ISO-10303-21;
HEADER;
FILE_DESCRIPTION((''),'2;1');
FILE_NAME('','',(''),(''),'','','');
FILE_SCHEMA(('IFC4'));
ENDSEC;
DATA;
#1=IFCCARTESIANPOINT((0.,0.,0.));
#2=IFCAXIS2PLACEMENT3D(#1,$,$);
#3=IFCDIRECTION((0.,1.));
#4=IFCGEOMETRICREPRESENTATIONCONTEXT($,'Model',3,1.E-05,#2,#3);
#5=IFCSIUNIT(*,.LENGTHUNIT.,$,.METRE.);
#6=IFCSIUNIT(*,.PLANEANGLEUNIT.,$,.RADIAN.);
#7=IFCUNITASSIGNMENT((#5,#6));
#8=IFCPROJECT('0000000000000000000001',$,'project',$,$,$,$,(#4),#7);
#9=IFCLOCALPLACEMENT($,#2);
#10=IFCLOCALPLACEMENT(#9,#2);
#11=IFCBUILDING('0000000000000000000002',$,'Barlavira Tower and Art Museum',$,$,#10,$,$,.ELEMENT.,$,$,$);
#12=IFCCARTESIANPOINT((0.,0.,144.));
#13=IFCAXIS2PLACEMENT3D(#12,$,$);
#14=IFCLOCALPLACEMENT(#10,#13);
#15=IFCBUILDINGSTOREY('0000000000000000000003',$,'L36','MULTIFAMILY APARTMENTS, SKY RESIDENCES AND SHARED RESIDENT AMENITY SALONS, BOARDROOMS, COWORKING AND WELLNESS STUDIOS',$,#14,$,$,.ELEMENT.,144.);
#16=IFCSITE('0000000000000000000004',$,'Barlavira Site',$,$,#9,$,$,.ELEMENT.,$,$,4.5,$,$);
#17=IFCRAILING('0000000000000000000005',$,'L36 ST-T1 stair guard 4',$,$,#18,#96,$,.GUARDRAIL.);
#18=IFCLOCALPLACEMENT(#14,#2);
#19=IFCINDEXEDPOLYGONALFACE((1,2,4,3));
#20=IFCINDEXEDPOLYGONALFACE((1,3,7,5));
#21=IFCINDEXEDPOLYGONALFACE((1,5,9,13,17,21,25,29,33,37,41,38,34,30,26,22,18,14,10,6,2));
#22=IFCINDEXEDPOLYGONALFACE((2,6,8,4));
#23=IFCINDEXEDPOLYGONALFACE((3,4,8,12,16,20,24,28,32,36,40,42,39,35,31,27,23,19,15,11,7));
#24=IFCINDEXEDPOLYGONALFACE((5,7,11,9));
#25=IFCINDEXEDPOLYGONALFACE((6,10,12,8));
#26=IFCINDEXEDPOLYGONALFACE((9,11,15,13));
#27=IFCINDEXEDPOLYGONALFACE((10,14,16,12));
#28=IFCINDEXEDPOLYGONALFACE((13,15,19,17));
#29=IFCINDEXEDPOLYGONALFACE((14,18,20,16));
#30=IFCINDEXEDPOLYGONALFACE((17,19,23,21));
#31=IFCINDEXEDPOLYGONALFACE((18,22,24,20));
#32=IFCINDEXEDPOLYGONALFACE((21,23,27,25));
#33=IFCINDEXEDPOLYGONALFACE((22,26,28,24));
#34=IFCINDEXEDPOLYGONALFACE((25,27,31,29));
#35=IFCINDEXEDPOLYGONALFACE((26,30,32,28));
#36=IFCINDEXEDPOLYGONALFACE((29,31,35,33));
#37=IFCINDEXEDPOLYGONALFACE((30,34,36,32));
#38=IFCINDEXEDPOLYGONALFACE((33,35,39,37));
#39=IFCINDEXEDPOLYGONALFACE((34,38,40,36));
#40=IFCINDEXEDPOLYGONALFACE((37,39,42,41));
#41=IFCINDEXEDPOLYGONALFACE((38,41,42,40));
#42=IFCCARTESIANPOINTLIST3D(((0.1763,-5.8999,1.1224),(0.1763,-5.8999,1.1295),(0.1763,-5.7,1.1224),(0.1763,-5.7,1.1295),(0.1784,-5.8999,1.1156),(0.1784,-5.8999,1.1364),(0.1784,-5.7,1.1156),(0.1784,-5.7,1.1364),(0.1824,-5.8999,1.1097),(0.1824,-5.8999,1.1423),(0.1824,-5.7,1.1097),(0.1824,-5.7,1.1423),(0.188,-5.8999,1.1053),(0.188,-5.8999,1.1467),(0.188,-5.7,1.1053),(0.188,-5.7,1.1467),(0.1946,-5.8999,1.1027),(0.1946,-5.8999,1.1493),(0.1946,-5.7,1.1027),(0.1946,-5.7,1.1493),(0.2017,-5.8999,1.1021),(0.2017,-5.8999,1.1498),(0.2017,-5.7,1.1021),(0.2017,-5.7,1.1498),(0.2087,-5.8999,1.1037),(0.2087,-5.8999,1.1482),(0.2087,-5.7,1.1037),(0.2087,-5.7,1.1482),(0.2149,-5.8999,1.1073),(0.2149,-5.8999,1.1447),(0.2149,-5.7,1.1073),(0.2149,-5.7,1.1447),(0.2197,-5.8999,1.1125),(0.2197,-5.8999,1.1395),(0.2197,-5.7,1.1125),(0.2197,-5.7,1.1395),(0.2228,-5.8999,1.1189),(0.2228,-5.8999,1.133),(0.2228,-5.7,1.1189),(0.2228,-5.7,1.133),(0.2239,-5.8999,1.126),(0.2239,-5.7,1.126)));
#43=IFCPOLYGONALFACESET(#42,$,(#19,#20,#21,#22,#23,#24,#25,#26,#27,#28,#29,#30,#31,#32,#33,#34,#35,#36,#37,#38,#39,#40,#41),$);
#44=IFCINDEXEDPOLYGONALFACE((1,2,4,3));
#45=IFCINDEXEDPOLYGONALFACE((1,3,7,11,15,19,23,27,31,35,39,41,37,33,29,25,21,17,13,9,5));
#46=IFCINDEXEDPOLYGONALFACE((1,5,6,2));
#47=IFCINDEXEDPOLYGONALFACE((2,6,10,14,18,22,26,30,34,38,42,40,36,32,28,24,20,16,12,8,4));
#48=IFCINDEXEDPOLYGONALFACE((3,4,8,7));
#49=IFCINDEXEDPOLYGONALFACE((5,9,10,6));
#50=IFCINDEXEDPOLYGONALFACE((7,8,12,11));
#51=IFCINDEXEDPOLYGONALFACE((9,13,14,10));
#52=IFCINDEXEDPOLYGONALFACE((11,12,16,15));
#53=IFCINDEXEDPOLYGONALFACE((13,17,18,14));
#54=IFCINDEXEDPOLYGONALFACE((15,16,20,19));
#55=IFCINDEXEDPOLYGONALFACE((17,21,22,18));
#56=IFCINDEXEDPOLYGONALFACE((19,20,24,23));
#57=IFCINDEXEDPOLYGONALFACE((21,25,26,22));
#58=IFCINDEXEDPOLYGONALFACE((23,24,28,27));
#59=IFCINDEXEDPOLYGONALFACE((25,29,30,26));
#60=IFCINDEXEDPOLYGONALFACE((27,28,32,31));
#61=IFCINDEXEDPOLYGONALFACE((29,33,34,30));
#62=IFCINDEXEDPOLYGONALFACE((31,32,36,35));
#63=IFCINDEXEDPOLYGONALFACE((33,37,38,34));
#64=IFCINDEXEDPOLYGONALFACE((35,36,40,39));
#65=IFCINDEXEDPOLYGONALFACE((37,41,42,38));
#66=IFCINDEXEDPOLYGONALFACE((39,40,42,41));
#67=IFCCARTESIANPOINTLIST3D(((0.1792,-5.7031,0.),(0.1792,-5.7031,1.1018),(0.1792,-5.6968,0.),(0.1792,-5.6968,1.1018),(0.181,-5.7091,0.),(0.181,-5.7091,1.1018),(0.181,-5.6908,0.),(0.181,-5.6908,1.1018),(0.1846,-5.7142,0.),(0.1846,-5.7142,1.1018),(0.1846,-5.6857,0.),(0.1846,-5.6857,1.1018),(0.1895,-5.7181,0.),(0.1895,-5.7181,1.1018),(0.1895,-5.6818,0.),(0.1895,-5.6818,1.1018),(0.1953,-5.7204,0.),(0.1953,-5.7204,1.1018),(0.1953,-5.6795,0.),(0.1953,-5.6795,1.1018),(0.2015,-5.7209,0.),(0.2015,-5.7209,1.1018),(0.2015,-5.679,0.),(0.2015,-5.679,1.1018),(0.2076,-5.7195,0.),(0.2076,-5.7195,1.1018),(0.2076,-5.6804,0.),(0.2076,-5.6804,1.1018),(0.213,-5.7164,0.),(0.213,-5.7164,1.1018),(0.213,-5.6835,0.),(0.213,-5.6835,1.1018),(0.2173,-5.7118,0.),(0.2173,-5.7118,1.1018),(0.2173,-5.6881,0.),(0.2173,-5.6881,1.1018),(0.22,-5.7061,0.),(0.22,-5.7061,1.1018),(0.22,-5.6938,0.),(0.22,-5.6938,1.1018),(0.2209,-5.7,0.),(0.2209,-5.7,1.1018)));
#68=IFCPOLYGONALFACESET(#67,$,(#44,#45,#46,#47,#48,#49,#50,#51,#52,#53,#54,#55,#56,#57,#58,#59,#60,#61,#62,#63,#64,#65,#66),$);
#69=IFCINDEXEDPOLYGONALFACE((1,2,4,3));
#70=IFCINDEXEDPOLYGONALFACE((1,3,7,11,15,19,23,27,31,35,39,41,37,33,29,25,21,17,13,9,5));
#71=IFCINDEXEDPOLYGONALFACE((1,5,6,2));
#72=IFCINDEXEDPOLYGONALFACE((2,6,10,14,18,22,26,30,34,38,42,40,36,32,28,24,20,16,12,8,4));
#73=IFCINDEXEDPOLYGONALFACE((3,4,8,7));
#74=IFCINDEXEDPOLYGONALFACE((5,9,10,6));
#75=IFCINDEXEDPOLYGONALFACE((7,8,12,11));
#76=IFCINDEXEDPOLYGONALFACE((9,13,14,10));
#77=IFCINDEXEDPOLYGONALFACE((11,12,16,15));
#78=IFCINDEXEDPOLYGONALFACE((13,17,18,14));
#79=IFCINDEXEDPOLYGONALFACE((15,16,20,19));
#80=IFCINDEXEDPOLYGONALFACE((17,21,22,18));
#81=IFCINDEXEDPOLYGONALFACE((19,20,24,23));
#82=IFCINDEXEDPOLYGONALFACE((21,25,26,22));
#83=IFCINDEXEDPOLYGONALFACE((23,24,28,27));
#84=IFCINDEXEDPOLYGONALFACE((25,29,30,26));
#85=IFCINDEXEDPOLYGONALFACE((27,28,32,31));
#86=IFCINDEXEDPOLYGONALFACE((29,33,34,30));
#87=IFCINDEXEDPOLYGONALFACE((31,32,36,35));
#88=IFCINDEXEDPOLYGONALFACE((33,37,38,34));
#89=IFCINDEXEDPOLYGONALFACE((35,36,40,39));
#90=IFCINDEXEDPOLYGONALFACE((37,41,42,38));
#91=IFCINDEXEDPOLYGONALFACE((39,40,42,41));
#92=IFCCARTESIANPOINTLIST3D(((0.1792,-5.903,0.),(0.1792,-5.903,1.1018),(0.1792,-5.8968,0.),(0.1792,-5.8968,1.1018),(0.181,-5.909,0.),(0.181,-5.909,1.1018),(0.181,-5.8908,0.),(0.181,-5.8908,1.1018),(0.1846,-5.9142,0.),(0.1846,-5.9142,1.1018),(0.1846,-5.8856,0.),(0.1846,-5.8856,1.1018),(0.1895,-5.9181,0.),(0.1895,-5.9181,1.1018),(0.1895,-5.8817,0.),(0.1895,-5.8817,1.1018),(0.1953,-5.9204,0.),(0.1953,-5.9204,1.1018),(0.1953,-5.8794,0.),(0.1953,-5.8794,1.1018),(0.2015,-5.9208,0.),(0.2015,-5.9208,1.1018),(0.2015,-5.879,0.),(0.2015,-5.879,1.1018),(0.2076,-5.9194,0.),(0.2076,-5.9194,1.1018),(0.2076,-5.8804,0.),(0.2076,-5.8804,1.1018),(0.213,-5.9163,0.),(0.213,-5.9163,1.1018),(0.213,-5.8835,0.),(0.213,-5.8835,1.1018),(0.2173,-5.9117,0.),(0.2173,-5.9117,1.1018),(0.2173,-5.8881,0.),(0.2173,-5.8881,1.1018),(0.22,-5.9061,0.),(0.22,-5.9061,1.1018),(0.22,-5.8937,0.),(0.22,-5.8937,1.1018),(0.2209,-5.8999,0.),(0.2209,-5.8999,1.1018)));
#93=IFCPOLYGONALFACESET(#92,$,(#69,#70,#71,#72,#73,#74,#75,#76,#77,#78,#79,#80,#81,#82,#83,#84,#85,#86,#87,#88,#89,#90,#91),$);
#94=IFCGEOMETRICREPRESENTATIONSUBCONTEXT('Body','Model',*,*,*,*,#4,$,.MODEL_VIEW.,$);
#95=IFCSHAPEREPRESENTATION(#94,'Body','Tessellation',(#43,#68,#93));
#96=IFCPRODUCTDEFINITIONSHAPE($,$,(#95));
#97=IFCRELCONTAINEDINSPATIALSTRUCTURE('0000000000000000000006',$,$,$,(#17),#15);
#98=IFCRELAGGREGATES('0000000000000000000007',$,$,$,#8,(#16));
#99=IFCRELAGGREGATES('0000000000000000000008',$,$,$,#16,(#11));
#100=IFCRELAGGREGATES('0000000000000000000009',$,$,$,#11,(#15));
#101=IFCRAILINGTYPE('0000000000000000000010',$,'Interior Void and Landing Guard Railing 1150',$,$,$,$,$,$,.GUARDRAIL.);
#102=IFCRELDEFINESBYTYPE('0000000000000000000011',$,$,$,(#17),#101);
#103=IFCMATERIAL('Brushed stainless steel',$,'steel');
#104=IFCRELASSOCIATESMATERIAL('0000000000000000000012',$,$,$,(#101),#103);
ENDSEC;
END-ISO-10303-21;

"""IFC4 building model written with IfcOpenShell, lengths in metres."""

from ifc_helpers import new_model, si_unit, direction, frame, origin, origin_2d, place, context, subcontext, project, spatial, circle, extrude, material, type_object, element, save


model = new_model("IFC4")

# Units and contexts
model_context = context("Model", 3, precision=1e-05, world=origin(), true_north=direction((0.0, 1.0)))
body_context = subcontext(model_context, "Body", "Model", "MODEL_VIEW")
ifc_project = project(units=[si_unit("LENGTHUNIT", "METRE"), si_unit("PLANEANGLEUNIT", "RADIAN")], contexts=[model_context])

# Site, building, storey
site_placement = place(None, origin())
site = spatial("IfcSite", under=ifc_project, at=site_placement, Name="Barlavira Site", CompositionType="ELEMENT", RefElevation=4.5)
building_placement = place(site_placement, origin())
building = spatial("IfcBuilding", under=site, at=building_placement, Name="Barlavira Tower and Art Museum", CompositionType="ELEMENT")
storey_placement = place(building_placement, frame((0.0, 0.0, 144.0)))
storey = spatial("IfcBuildingStorey", under=building, at=storey_placement, Name="L36", Description="MULTIFAMILY APARTMENTS, SKY RESIDENCES AND SHARED RESIDENT AMENITY SALONS, BOARDROOMS, COWORKING AND WELLNESS STUDIOS", CompositionType="ELEMENT", Elevation=144.0)

# Shared definitions
ifc_material_1 = material(Name="Brushed stainless steel", Category="steel")

# Railing
railing_type = type_object("IfcRailingType", Name="Interior Void and Landing Guard Railing 1150", PredefinedType="GUARDRAIL", material=ifc_material_1)
railing_placement = place(storey_placement, frame((0.2, -5.7, 0.0)))
element("IfcRailing", 1, at=railing_placement, inside=storey, type_object=railing_type, Name="L36 ST-T1 stair guard 4", PredefinedType="GUARDRAIL", context=body_context, shape_type="SweptSolid", body=[
    extrude(circle(Radius=0.0239, at=origin_2d()), frame((0.0, 0.0, 1.126), z_axis=(0.0, -1.0, 0.0), x_axis=(1.0, 0.0, 0.0)), (0.0, 0.0, 1.0), 0.2),
    extrude(circle(Radius=0.021, at=origin_2d()), origin(), (0.0, 0.0, 1.0), 1.1018),
    extrude(circle(Radius=0.021, at=origin_2d()), frame((0.0, -0.2, 0.0)), (0.0, 0.0, 1.0), 1.1018),
])

save(model, "model.ifc")
